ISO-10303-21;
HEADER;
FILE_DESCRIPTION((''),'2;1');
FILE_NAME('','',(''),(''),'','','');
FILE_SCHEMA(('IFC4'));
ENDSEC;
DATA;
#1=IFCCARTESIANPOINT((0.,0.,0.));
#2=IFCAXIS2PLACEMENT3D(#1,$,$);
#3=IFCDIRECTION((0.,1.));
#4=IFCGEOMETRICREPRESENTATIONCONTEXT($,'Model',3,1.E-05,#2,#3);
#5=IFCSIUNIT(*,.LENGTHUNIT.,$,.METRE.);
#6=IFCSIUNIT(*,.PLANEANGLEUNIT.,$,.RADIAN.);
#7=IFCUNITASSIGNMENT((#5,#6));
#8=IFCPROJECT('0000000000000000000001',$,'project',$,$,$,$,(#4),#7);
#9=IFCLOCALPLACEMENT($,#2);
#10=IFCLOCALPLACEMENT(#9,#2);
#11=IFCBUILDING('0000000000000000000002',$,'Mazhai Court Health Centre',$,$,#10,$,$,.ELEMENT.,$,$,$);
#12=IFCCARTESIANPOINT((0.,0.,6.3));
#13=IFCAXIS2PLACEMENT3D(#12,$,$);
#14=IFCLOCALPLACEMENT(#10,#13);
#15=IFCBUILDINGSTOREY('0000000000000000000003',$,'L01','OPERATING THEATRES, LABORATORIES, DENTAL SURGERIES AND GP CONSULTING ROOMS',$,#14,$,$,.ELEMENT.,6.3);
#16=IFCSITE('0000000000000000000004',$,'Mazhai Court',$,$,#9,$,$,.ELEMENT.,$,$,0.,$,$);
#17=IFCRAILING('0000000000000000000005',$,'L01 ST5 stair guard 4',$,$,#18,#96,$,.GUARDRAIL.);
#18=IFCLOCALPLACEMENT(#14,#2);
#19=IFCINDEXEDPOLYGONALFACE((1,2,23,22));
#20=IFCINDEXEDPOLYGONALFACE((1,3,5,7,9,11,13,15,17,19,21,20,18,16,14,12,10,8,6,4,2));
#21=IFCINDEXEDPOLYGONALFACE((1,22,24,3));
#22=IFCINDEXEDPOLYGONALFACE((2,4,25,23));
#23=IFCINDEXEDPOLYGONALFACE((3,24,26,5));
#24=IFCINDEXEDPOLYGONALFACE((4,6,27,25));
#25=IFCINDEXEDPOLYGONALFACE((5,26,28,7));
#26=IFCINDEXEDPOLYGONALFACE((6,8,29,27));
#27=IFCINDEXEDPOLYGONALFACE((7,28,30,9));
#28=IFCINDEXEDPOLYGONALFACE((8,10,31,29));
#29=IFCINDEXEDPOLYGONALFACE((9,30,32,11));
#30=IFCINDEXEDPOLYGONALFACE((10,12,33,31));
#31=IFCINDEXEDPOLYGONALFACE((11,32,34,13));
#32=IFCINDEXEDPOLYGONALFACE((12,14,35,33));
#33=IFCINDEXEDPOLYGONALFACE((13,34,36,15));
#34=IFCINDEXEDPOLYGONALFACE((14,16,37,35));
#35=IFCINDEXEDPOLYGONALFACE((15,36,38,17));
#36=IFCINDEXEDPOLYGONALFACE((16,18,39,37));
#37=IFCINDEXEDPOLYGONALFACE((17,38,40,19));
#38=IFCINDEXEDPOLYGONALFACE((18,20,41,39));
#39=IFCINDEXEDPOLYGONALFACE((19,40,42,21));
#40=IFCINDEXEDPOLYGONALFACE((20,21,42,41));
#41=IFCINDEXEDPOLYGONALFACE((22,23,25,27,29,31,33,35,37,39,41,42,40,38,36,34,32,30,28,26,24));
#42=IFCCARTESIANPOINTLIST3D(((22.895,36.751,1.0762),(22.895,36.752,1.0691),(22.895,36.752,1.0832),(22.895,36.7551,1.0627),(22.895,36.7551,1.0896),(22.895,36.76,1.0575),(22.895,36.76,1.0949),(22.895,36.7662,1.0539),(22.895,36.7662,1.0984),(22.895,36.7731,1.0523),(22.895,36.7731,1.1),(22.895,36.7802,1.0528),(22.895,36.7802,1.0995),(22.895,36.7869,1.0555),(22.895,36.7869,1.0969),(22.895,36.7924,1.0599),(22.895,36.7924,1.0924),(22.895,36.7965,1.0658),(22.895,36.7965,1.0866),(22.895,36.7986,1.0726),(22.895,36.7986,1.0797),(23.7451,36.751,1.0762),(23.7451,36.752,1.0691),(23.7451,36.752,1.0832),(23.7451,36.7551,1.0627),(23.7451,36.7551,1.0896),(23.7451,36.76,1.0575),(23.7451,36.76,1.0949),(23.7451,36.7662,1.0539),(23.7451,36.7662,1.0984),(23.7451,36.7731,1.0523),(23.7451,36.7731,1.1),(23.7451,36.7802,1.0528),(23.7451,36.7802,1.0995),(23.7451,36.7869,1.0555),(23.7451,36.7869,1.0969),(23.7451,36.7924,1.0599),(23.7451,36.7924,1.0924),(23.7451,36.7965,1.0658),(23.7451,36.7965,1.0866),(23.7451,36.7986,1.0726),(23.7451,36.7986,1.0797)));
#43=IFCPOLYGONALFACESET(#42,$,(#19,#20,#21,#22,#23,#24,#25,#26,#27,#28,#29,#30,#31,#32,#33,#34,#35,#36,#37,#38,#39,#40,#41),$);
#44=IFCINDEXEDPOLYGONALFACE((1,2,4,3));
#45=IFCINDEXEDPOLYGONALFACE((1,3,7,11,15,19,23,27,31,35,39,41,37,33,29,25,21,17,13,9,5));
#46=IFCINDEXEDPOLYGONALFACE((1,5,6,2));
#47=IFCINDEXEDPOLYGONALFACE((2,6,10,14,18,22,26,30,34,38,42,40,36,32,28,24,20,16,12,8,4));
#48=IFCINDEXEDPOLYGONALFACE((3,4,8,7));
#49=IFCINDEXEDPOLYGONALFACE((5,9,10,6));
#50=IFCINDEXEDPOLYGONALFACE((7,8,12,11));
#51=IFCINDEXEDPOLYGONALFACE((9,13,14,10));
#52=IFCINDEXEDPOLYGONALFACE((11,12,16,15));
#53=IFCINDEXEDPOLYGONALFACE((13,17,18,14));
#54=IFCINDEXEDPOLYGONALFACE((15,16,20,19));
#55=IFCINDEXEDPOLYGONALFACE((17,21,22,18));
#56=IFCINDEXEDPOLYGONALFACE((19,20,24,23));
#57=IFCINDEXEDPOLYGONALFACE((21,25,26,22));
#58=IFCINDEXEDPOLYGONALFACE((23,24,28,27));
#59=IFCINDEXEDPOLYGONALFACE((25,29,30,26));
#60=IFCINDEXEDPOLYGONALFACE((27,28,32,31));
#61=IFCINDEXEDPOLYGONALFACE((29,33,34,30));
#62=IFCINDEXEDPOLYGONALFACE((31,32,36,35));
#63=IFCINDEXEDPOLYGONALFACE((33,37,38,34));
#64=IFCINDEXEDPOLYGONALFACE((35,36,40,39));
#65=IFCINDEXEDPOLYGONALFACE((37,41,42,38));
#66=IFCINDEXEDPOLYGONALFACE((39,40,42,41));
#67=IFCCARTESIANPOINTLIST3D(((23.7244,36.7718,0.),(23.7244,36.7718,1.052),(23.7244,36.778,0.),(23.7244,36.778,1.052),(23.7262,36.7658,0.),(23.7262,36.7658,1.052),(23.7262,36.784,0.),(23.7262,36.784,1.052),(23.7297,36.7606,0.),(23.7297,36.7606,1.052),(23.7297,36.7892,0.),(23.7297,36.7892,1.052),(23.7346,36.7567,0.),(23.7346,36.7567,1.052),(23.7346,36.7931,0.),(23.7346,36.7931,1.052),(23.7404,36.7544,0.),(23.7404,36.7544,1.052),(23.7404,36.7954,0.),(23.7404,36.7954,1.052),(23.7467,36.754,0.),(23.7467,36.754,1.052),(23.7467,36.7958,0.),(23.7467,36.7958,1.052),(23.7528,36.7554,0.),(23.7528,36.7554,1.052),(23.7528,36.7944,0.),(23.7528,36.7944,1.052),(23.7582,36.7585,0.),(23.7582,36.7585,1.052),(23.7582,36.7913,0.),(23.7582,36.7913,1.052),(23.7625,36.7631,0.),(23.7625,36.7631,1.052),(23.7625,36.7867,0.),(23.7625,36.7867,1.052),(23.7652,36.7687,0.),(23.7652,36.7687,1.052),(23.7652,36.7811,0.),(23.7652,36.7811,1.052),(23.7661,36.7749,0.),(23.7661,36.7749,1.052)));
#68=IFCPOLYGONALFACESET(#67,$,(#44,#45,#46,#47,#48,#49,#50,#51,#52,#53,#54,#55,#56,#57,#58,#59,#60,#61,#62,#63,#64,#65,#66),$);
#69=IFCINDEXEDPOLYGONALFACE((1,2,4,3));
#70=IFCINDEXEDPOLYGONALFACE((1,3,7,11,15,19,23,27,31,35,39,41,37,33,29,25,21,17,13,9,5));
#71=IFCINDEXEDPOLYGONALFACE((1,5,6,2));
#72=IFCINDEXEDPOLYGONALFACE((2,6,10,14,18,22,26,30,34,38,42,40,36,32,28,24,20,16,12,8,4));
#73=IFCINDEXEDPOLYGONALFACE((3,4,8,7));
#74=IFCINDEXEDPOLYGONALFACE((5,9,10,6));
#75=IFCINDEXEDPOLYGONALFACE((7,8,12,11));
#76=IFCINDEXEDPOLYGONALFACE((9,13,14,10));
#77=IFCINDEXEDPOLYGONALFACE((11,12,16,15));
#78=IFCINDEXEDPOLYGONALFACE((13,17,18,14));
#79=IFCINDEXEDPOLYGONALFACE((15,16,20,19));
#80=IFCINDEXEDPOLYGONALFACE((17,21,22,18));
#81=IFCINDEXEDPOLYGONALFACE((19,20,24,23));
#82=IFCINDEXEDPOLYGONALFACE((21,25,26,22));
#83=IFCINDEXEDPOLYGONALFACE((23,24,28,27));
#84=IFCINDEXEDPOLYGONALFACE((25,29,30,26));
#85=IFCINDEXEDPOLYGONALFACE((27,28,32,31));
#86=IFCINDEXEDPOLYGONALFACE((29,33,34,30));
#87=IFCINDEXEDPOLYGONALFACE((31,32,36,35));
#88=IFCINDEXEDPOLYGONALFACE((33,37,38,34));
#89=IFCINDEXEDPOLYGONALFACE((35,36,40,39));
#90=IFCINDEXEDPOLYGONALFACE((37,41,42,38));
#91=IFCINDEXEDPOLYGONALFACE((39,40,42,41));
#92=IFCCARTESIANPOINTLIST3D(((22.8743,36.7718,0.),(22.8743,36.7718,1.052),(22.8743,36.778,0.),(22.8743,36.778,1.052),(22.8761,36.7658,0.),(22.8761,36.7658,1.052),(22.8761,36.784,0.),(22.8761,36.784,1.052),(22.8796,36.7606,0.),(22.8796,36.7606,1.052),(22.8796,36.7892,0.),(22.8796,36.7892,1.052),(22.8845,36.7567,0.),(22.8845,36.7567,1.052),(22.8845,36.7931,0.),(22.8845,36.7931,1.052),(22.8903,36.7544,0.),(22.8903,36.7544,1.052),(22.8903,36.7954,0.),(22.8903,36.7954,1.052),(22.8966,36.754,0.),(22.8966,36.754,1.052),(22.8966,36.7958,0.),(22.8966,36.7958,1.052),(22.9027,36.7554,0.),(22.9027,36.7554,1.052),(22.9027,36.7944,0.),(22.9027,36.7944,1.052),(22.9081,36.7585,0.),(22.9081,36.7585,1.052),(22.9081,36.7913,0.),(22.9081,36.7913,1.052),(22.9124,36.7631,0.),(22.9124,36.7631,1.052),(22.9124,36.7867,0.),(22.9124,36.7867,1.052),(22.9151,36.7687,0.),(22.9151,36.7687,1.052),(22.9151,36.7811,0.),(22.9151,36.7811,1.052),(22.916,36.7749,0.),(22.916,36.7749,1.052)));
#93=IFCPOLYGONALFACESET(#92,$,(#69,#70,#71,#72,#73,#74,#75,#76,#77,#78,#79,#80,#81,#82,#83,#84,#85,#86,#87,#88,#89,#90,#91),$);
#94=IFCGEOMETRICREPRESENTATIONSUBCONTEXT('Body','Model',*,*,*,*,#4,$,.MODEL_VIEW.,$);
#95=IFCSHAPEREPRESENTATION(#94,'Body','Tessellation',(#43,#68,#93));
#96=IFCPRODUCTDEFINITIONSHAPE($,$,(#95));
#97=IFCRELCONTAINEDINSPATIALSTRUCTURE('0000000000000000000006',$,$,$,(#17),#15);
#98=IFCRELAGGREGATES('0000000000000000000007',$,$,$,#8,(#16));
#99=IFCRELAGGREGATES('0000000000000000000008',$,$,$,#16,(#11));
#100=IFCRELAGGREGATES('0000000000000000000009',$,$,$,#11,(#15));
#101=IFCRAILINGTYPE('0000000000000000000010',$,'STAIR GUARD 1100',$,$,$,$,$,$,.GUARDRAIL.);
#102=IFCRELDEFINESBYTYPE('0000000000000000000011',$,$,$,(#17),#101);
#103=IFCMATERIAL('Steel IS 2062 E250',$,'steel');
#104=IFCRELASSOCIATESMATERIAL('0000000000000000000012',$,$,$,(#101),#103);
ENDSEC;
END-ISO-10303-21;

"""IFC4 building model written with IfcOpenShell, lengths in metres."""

from ifc_helpers import new_model, si_unit, direction, frame, origin, origin_2d, place, context, subcontext, project, spatial, circle, extrude, material, type_object, element, save


model = new_model("IFC4")

# Units and contexts
model_context = context("Model", 3, precision=1e-05, world=origin(), true_north=direction((0.0, 1.0)))
body_context = subcontext(model_context, "Body", "Model", "MODEL_VIEW")
ifc_project = project(units=[si_unit("LENGTHUNIT", "METRE"), si_unit("PLANEANGLEUNIT", "RADIAN")], contexts=[model_context])

# Site, building, storey
site_placement = place(None, origin())
site = spatial("IfcSite", under=ifc_project, at=site_placement, Name="Mazhai Court", CompositionType="ELEMENT", RefElevation=0.0)
building_placement = place(site_placement, origin())
building = spatial("IfcBuilding", under=site, at=building_placement, Name="Mazhai Court Health Centre", CompositionType="ELEMENT")
storey_placement = place(building_placement, frame((0.0, 0.0, 6.3)))
storey = spatial("IfcBuildingStorey", under=building, at=storey_placement, Name="L01", Description="OPERATING THEATRES, LABORATORIES, DENTAL SURGERIES AND GP CONSULTING ROOMS", CompositionType="ELEMENT", Elevation=6.3)

# Railing
ifc_material_1 = material(Name="Steel IS 2062 E250", Category="steel")
railing_type_1 = type_object("IfcRailingType", Name="STAIR GUARD 1100", PredefinedType="GUARDRAIL", material=ifc_material_1)
railing_1_placement = place(storey_placement, frame((23.7451, 36.7749, 0.0)))
element("IfcRailing", 1, at=railing_1_placement, inside=storey, type_object=railing_type_1, Name="L01 ST5 stair guard 4", PredefinedType="GUARDRAIL", context=body_context, shape_type="SweptSolid", body=[
    extrude(circle(Radius=0.0239, at=origin_2d()), frame((0.0, 0.0, 1.0762), z_axis=(-1.0, 0.0, 0.0), x_axis=(0.0, -1.0, 0.0)), (0.0, 0.0, 1.0), 0.8501),
    extrude(circle(Radius=0.021, at=origin_2d()), origin(), (0.0, 0.0, 1.0), 1.052),
    extrude(circle(Radius=0.021, at=origin_2d()), frame((-0.8501, 0.0, 0.0)), (0.0, 0.0, 1.0), 1.052),
])

save(model, "model.ifc")
